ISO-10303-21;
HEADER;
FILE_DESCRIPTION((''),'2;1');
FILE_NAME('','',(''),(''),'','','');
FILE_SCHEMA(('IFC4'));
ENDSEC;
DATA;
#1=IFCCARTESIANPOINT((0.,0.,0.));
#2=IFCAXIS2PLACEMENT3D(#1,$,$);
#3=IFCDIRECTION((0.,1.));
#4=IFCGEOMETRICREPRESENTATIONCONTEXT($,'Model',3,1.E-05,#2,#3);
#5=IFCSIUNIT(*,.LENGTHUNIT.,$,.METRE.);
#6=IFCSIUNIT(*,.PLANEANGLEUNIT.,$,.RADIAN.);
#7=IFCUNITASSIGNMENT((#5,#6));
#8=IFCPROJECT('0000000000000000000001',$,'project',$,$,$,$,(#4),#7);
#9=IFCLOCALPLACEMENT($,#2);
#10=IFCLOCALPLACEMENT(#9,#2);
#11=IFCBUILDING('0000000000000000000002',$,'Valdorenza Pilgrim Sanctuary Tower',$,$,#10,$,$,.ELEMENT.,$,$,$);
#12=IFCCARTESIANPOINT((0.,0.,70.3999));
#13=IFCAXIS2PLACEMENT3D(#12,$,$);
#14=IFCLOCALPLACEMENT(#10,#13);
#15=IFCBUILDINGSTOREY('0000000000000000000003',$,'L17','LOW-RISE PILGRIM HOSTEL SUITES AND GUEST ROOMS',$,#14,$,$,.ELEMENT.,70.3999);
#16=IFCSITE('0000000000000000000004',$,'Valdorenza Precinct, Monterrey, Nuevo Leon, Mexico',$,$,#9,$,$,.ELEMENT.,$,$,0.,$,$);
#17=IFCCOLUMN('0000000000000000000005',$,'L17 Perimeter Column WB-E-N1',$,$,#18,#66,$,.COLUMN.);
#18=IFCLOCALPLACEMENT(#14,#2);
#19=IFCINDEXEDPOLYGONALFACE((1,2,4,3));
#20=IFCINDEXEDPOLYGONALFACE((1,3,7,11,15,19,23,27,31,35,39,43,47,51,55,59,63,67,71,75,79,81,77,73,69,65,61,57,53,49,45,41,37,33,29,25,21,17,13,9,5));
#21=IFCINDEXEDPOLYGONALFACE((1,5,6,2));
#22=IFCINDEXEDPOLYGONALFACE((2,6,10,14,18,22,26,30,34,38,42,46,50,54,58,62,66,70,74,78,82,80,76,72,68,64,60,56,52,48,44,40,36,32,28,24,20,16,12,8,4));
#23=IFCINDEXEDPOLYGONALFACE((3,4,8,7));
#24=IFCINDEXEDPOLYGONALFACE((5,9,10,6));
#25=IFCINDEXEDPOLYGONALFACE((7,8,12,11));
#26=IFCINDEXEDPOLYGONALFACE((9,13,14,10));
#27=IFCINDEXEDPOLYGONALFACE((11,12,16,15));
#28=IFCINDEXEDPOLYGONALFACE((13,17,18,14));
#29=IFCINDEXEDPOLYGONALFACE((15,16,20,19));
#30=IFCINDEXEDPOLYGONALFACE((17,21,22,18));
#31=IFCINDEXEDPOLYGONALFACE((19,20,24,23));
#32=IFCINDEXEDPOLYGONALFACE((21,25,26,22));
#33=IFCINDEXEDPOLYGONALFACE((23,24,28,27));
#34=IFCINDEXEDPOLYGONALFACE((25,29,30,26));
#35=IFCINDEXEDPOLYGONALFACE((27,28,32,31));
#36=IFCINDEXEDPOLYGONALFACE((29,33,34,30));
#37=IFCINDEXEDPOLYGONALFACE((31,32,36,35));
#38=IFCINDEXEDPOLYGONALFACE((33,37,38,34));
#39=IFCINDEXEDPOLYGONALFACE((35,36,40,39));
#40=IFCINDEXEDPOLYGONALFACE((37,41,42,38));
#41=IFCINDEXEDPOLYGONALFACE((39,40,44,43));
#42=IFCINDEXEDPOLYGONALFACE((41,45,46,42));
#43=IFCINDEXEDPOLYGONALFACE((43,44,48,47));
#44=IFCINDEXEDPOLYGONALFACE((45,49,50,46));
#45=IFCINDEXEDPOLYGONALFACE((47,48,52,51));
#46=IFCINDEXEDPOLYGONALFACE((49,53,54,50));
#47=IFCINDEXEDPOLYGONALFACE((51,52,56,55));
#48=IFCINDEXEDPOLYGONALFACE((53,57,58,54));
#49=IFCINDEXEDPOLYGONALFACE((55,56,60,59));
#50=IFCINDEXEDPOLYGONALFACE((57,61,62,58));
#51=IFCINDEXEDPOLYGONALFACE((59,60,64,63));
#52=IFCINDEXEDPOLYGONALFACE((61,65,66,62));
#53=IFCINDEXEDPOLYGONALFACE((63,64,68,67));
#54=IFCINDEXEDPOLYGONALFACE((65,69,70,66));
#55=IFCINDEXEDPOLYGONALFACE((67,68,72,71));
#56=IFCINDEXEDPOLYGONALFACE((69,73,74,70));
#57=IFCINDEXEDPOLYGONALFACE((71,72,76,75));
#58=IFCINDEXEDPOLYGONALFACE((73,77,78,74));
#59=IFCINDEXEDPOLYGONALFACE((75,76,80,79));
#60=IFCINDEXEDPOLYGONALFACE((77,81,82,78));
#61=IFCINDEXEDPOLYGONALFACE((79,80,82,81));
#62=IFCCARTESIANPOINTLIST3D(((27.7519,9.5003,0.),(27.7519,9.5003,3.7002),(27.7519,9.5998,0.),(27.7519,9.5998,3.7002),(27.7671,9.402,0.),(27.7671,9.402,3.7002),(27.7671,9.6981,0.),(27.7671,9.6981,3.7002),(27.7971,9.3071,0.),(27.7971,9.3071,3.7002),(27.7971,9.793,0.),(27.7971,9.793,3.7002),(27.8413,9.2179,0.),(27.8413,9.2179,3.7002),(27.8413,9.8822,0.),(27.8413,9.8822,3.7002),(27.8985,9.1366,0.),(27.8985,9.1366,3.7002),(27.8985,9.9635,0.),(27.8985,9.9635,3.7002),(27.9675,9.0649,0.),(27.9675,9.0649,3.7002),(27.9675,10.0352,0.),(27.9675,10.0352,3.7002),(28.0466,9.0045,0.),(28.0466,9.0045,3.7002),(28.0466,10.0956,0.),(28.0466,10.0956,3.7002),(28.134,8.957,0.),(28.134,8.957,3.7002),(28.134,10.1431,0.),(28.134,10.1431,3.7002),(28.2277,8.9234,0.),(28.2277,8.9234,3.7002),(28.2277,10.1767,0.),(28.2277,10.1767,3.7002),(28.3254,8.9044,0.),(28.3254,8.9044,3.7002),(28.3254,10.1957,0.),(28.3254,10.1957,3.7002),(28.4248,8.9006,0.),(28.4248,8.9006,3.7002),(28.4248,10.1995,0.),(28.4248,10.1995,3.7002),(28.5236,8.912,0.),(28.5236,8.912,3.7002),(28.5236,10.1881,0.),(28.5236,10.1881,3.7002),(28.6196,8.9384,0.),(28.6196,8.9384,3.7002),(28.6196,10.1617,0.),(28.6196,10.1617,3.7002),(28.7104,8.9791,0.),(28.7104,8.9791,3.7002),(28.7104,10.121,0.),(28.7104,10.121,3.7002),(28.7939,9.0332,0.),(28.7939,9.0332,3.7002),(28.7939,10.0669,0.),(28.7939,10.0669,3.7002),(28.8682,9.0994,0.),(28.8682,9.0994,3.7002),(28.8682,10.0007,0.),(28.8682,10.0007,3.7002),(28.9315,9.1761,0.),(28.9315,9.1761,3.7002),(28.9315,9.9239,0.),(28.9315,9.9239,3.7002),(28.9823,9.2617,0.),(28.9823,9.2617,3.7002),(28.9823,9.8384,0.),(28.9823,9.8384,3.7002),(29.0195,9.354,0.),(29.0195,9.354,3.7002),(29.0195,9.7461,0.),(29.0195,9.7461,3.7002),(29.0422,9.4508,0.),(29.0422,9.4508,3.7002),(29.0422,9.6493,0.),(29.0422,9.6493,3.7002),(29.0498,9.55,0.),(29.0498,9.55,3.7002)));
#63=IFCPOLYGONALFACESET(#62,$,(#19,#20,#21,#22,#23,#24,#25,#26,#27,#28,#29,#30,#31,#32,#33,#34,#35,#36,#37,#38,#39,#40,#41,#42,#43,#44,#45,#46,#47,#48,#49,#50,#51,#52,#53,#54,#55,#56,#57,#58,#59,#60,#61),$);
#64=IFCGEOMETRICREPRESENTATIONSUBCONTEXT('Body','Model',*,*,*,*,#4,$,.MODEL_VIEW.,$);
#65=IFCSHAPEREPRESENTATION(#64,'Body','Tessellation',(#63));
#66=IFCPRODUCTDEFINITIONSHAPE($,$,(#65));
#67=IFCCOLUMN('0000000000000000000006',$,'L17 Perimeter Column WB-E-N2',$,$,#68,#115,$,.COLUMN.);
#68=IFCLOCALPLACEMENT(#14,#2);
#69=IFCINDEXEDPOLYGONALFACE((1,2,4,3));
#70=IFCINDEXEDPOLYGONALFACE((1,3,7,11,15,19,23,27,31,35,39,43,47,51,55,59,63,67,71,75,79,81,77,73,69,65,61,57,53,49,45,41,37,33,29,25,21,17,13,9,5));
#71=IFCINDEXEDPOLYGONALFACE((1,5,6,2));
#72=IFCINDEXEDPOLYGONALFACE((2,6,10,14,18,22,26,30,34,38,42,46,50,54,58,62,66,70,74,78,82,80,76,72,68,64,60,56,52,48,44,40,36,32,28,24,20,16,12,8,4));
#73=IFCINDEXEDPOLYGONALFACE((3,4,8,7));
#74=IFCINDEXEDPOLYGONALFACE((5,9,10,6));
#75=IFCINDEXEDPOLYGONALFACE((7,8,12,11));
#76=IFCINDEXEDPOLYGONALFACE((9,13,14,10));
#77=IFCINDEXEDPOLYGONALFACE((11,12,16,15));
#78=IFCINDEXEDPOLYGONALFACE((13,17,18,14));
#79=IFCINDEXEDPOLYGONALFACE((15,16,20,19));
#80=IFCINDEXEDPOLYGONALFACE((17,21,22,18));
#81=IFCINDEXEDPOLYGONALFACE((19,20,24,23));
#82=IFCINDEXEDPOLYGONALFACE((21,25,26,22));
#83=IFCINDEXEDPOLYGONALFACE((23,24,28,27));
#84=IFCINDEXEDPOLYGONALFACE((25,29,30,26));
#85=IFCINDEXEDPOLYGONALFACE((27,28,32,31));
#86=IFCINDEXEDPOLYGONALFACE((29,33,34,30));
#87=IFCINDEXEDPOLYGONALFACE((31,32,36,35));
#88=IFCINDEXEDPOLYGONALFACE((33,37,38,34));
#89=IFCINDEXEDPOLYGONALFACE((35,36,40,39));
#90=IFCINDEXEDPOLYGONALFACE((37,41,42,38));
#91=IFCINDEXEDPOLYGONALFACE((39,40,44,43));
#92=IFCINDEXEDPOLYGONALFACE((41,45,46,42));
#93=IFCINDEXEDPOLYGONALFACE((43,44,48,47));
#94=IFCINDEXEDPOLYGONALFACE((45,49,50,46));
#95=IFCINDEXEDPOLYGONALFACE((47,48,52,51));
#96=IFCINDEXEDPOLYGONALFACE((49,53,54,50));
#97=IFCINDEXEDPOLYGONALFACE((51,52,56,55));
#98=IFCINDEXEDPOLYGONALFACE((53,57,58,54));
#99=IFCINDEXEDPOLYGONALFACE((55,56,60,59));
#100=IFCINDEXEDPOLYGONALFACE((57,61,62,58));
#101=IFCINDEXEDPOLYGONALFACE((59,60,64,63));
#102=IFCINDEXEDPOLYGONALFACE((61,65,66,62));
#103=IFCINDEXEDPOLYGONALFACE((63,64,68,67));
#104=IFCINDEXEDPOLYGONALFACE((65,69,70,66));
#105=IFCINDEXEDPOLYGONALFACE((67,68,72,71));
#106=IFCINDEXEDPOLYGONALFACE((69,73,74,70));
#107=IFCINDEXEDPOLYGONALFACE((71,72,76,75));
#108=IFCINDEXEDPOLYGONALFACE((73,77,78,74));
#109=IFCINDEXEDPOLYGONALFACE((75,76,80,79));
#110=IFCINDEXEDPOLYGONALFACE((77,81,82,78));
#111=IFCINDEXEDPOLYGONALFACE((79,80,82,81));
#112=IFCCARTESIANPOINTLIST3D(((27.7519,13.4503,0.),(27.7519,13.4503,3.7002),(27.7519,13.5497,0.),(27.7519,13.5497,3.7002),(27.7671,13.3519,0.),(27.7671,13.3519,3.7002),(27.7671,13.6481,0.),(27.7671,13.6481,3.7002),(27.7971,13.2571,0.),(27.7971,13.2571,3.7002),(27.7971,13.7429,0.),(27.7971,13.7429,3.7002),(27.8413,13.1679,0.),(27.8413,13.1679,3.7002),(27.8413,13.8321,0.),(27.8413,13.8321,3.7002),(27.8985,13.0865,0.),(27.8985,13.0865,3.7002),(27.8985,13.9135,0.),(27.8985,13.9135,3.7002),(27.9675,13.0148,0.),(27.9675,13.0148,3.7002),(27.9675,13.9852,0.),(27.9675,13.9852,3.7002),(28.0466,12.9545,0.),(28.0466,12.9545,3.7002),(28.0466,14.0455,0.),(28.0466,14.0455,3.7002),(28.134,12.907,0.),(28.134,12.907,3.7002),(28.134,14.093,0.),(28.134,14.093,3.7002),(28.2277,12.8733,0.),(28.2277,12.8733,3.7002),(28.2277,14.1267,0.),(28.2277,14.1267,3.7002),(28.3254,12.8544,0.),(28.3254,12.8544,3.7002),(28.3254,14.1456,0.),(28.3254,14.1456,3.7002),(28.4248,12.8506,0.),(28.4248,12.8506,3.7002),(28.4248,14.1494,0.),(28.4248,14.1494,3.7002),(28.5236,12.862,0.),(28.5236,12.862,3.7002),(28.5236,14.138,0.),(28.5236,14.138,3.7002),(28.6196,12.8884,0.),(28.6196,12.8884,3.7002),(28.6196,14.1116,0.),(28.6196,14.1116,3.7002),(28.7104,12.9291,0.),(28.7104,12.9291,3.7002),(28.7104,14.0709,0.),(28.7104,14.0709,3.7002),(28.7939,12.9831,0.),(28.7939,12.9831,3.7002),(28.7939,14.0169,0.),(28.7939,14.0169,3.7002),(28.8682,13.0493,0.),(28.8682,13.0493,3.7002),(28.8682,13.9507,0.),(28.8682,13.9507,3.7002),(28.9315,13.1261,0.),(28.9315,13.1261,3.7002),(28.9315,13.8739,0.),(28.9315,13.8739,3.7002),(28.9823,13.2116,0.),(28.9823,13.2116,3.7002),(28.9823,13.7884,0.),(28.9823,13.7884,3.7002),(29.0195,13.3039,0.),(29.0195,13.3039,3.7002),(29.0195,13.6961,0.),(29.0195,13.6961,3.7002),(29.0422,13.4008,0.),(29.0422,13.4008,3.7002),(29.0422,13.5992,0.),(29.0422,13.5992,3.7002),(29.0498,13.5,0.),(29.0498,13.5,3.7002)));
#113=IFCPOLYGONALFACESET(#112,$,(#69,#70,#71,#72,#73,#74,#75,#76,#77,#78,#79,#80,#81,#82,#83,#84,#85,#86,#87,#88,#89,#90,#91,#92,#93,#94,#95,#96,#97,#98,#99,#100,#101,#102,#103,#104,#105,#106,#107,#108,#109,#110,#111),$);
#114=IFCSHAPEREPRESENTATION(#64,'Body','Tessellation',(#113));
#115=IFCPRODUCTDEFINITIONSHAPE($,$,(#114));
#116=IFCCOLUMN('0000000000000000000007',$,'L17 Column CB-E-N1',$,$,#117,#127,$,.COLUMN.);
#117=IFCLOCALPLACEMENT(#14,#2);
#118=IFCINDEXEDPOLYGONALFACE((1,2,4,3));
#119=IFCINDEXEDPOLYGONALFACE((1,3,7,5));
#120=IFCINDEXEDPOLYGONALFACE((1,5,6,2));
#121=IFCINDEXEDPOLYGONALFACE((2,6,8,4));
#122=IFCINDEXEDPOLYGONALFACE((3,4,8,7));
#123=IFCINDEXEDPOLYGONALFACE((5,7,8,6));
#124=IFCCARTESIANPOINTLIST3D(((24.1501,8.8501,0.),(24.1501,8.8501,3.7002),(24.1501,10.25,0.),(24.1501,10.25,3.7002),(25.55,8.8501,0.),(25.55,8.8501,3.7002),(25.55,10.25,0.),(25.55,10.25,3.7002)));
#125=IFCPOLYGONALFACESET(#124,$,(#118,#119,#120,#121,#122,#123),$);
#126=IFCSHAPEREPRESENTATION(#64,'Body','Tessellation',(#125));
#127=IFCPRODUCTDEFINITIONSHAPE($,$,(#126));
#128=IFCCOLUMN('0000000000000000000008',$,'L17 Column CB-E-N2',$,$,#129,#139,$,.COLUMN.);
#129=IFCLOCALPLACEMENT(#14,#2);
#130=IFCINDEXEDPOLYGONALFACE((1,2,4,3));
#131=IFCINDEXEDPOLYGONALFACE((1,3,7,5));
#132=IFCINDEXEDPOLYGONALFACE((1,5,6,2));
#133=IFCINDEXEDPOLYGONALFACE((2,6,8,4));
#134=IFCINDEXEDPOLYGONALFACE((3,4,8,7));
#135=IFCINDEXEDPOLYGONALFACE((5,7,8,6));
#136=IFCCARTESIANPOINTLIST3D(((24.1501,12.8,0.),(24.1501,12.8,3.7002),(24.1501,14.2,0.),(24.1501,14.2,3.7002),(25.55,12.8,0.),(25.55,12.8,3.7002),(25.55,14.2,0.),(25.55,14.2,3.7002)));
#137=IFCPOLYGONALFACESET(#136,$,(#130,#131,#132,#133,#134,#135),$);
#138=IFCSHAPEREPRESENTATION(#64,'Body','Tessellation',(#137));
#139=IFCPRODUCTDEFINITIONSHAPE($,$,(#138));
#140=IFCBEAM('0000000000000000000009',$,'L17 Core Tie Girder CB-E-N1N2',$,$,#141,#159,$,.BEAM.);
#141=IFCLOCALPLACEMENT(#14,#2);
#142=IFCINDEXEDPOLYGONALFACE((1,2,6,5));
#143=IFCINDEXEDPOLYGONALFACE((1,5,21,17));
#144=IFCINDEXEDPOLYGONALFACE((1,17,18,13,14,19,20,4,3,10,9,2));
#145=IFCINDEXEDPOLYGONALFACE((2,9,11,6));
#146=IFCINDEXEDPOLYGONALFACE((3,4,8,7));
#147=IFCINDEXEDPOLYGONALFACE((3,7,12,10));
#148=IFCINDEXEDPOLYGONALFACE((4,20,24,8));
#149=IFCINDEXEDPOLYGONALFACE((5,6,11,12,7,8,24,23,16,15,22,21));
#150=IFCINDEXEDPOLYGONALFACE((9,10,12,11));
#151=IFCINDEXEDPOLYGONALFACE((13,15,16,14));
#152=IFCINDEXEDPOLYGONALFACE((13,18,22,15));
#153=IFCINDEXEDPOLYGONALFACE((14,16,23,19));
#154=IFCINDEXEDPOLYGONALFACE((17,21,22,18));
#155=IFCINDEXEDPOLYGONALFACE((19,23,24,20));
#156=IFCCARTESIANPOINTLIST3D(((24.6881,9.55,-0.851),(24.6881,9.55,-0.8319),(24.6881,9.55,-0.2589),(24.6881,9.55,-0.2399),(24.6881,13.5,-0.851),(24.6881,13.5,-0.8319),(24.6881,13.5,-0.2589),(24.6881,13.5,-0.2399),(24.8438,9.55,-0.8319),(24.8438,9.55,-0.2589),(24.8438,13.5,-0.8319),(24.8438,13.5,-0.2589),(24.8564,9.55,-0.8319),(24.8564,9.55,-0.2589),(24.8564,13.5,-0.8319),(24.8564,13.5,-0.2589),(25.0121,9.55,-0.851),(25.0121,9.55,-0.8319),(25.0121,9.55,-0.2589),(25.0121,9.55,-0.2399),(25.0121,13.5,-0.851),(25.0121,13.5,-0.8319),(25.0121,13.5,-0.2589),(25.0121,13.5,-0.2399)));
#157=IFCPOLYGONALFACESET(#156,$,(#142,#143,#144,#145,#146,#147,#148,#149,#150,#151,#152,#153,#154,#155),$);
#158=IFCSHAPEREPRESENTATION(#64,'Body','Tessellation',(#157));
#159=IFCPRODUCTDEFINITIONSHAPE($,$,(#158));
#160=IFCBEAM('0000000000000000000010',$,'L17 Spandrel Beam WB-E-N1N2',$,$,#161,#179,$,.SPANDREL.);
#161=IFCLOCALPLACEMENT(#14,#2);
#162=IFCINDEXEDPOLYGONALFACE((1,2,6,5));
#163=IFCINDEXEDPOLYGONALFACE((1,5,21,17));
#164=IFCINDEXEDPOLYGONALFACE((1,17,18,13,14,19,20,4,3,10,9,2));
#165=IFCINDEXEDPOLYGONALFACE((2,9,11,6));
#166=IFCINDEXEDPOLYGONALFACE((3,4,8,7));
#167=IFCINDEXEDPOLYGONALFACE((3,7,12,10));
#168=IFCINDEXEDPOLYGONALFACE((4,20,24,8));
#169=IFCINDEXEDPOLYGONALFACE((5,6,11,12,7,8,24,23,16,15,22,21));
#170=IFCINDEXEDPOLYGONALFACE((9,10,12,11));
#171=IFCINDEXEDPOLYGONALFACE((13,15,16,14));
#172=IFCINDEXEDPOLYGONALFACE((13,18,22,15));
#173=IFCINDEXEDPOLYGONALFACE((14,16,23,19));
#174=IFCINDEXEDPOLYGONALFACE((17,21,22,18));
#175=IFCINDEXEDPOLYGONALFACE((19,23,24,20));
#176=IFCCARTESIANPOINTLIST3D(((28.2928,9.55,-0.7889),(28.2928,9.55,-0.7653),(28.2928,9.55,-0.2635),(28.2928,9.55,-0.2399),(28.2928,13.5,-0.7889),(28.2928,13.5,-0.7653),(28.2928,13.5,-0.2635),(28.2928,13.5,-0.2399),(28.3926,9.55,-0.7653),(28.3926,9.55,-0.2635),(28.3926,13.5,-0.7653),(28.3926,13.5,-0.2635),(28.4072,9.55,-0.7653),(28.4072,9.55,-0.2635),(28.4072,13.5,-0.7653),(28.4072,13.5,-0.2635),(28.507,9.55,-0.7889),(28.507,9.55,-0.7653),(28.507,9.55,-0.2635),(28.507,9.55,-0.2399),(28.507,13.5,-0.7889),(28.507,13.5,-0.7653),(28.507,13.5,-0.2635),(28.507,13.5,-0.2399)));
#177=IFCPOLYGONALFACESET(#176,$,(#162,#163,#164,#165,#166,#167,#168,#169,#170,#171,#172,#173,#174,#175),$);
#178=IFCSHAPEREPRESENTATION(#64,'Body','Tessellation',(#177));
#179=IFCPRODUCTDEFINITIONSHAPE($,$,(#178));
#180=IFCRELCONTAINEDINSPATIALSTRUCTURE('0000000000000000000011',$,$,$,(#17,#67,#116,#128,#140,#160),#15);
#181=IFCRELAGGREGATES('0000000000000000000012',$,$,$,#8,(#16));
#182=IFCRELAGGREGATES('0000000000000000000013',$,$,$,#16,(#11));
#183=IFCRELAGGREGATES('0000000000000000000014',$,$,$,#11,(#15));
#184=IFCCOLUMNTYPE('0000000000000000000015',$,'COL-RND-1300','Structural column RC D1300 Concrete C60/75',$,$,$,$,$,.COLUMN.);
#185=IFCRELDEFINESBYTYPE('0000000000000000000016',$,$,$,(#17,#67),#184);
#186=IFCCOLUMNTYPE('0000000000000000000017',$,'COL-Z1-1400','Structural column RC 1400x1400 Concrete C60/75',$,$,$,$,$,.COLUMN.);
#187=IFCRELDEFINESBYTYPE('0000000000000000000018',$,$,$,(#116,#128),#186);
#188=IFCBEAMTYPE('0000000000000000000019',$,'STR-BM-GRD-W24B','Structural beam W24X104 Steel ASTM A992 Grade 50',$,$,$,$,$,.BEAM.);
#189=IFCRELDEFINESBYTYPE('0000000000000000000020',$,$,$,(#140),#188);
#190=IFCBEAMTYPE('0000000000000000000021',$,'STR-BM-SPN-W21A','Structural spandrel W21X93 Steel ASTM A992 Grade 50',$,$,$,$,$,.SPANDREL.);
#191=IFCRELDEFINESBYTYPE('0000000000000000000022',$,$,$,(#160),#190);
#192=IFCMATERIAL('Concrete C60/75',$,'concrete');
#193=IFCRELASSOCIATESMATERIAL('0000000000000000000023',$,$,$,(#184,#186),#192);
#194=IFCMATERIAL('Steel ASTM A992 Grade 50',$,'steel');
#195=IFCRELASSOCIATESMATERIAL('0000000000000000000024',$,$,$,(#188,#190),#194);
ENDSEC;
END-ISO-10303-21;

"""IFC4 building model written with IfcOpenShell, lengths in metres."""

from ifc_helpers import new_model, si_unit, direction, frame, origin, origin_2d, place, context, subcontext, project, spatial, rectangle, circle, i_section, extrude, source, transform, mapped, material, material_profile, profile_set, type_object, element, save


model = new_model("IFC4")

# Units and contexts
model_context = context("Model", 3, precision=1e-05, world=origin(), true_north=direction((0.0, 1.0)))
body_context = subcontext(model_context, "Body", "Model", "MODEL_VIEW")
ifc_project = project(units=[si_unit("LENGTHUNIT", "METRE"), si_unit("PLANEANGLEUNIT", "RADIAN")], contexts=[model_context])

# Site, building, storey
site_placement = place(None, origin())
site = spatial("IfcSite", under=ifc_project, at=site_placement, Name="Valdorenza Precinct, Monterrey, Nuevo Leon, Mexico", CompositionType="ELEMENT", RefElevation=0.0)
building_placement = place(site_placement, origin())
building = spatial("IfcBuilding", under=site, at=building_placement, Name="Valdorenza Pilgrim Sanctuary Tower", CompositionType="ELEMENT")
storey_placement = place(building_placement, frame((0.0, 0.0, 70.3999)))
storey = spatial("IfcBuildingStorey", under=building, at=storey_placement, Name="L17", Description="LOW-RISE PILGRIM HOSTEL SUITES AND GUEST ROOMS", CompositionType="ELEMENT", Elevation=70.3999)

# Columns
ifc_material_1 = material(Name="Concrete C60/75", Category="concrete")
ifc_material_profile_1 = material_profile(ifc_material_1, circle(Radius=0.6499, at=origin_2d()), Name="RC D1300")
ifc_profile_set_1 = profile_set([ifc_material_profile_1], Name="Concrete C60/75")
column_type_1 = type_object("IfcColumnType", Name="COL-RND-1300", Description="Structural column RC D1300 Concrete C60/75", PredefinedType="COLUMN", material=ifc_profile_set_1)
shared_shape_1 = source(origin(), body_context, "Body", "SweptSolid", [
    extrude(circle(Radius=0.6499, at=origin_2d()), origin(), (0.0, 0.0, 1.0), 3.7002),
])
for number, where, z_axis, x_axis, name in (
    (1, (28.3999, 9.55, 0.0), (0.0, 0.0, 1.0), (1.0, 0.0, 0.0), "L17 Perimeter Column WB-E-N1"),
    (2, (28.3999, 13.5, 0.0), (0.0, 0.0, 1.0), (1.0, 0.0, 0.0), "L17 Perimeter Column WB-E-N2"),
):
    element("IfcColumn", number, at=place(storey_placement, frame(where, z_axis=z_axis, x_axis=x_axis)), inside=storey, type_object=column_type_1, Name=name, PredefinedType="COLUMN", context=body_context, shape_type="MappedRepresentation", body=[
        mapped(shared_shape_1, transform((0.0, 0.0, 0.0), x_axis=(1.0, 0.0, 0.0), y_axis=(0.0, 1.0, 0.0), z_axis=(0.0, 0.0, 1.0), scale=1.0)),
    ])
ifc_material_profile_2 = material_profile(ifc_material_1, rectangle(XDim=1.3999, YDim=1.3999, at=origin_2d()), Name="RC 1400x1400")
ifc_profile_set_2 = profile_set([ifc_material_profile_2], Name="Concrete C60/75")
column_type_2 = type_object("IfcColumnType", Name="COL-Z1-1400", Description="Structural column RC 1400x1400 Concrete C60/75", PredefinedType="COLUMN", material=ifc_profile_set_2)
shared_shape_2 = source(origin(), body_context, "Body", "SweptSolid", [
    extrude(rectangle(XDim=1.3999, YDim=1.3999, at=origin_2d()), origin(), (0.0, 0.0, 1.0), 3.7002),
])
for number, where, z_axis, x_axis, name in (
    (3, (24.8501, 9.55, 0.0), (0.0, 0.0, 1.0), (1.0, 0.0, 0.0), "L17 Column CB-E-N1"),
    (4, (24.8501, 13.5, 0.0), (0.0, 0.0, 1.0), (1.0, 0.0, 0.0), "L17 Column CB-E-N2"),
):
    element("IfcColumn", number, at=place(storey_placement, frame(where, z_axis=z_axis, x_axis=x_axis)), inside=storey, type_object=column_type_2, Name=name, PredefinedType="COLUMN", context=body_context, shape_type="MappedRepresentation", body=[
        mapped(shared_shape_2, transform((0.0, 0.0, 0.0), x_axis=(1.0, 0.0, 0.0), y_axis=(0.0, 1.0, 0.0), z_axis=(0.0, 0.0, 1.0), scale=1.0)),
    ])

# Beams
ifc_material_2 = material(Name="Steel ASTM A992 Grade 50", Category="steel")
ifc_material_profile_3 = material_profile(ifc_material_2, i_section(OverallWidth=0.324, OverallDepth=0.6111, WebThickness=0.0127, FlangeThickness=0.019, at=origin_2d()), Name="W24X104")
ifc_profile_set_3 = profile_set([ifc_material_profile_3], Name="Steel ASTM A992 Grade 50")
beam_type_1 = type_object("IfcBeamType", Name="STR-BM-GRD-W24B", Description="Structural beam W24X104 Steel ASTM A992 Grade 50", PredefinedType="BEAM", material=ifc_profile_set_3)
shared_shape_3 = source(origin(), body_context, "Body", "SweptSolid", [
    extrude(i_section(OverallWidth=0.324, OverallDepth=0.6111, WebThickness=0.0127, FlangeThickness=0.019, at=origin_2d()), origin(), (0.0, 0.0, 1.0), 3.95),
])
beam_1_placement = place(storey_placement, frame((24.8501, 9.55, -0.5454), z_axis=(0.0, 1.0, 0.0), x_axis=(-1.0, 0.0, 0.0)))
element("IfcBeam", 5, at=beam_1_placement, inside=storey, type_object=beam_type_1, Name="L17 Core Tie Girder CB-E-N1N2", PredefinedType="BEAM", context=body_context, shape_type="MappedRepresentation", body=[
    mapped(shared_shape_3, transform((0.0, 0.0, 0.0), x_axis=(1.0, 0.0, 0.0), y_axis=(0.0, 1.0, 0.0), z_axis=(0.0, 0.0, 1.0), scale=1.0)),
])
ifc_material_profile_4 = material_profile(ifc_material_2, i_section(OverallWidth=0.2141, OverallDepth=0.5491, WebThickness=0.0146, FlangeThickness=0.0237, at=origin_2d()), Name="W21X93")
ifc_profile_set_4 = profile_set([ifc_material_profile_4], Name="Steel ASTM A992 Grade 50")
beam_type_2 = type_object("IfcBeamType", Name="STR-BM-SPN-W21A", Description="Structural spandrel W21X93 Steel ASTM A992 Grade 50", PredefinedType="SPANDREL", material=ifc_profile_set_4)
shared_shape_4 = source(origin(), body_context, "Body", "SweptSolid", [
    extrude(i_section(OverallWidth=0.2141, OverallDepth=0.5491, WebThickness=0.0146, FlangeThickness=0.0237, at=origin_2d()), origin(), (0.0, 0.0, 1.0), 3.95),
])
beam_2_placement = place(storey_placement, frame((28.3999, 9.55, -0.5144), z_axis=(0.0, 1.0, 0.0), x_axis=(-1.0, 0.0, 0.0)))
element("IfcBeam", 6, at=beam_2_placement, inside=storey, type_object=beam_type_2, Name="L17 Spandrel Beam WB-E-N1N2", PredefinedType="SPANDREL", context=body_context, shape_type="MappedRepresentation", body=[
    mapped(shared_shape_4, transform((0.0, 0.0, 0.0), x_axis=(1.0, 0.0, 0.0), y_axis=(0.0, 1.0, 0.0), z_axis=(0.0, 0.0, 1.0), scale=1.0)),
])

save(model, "model.ifc")
